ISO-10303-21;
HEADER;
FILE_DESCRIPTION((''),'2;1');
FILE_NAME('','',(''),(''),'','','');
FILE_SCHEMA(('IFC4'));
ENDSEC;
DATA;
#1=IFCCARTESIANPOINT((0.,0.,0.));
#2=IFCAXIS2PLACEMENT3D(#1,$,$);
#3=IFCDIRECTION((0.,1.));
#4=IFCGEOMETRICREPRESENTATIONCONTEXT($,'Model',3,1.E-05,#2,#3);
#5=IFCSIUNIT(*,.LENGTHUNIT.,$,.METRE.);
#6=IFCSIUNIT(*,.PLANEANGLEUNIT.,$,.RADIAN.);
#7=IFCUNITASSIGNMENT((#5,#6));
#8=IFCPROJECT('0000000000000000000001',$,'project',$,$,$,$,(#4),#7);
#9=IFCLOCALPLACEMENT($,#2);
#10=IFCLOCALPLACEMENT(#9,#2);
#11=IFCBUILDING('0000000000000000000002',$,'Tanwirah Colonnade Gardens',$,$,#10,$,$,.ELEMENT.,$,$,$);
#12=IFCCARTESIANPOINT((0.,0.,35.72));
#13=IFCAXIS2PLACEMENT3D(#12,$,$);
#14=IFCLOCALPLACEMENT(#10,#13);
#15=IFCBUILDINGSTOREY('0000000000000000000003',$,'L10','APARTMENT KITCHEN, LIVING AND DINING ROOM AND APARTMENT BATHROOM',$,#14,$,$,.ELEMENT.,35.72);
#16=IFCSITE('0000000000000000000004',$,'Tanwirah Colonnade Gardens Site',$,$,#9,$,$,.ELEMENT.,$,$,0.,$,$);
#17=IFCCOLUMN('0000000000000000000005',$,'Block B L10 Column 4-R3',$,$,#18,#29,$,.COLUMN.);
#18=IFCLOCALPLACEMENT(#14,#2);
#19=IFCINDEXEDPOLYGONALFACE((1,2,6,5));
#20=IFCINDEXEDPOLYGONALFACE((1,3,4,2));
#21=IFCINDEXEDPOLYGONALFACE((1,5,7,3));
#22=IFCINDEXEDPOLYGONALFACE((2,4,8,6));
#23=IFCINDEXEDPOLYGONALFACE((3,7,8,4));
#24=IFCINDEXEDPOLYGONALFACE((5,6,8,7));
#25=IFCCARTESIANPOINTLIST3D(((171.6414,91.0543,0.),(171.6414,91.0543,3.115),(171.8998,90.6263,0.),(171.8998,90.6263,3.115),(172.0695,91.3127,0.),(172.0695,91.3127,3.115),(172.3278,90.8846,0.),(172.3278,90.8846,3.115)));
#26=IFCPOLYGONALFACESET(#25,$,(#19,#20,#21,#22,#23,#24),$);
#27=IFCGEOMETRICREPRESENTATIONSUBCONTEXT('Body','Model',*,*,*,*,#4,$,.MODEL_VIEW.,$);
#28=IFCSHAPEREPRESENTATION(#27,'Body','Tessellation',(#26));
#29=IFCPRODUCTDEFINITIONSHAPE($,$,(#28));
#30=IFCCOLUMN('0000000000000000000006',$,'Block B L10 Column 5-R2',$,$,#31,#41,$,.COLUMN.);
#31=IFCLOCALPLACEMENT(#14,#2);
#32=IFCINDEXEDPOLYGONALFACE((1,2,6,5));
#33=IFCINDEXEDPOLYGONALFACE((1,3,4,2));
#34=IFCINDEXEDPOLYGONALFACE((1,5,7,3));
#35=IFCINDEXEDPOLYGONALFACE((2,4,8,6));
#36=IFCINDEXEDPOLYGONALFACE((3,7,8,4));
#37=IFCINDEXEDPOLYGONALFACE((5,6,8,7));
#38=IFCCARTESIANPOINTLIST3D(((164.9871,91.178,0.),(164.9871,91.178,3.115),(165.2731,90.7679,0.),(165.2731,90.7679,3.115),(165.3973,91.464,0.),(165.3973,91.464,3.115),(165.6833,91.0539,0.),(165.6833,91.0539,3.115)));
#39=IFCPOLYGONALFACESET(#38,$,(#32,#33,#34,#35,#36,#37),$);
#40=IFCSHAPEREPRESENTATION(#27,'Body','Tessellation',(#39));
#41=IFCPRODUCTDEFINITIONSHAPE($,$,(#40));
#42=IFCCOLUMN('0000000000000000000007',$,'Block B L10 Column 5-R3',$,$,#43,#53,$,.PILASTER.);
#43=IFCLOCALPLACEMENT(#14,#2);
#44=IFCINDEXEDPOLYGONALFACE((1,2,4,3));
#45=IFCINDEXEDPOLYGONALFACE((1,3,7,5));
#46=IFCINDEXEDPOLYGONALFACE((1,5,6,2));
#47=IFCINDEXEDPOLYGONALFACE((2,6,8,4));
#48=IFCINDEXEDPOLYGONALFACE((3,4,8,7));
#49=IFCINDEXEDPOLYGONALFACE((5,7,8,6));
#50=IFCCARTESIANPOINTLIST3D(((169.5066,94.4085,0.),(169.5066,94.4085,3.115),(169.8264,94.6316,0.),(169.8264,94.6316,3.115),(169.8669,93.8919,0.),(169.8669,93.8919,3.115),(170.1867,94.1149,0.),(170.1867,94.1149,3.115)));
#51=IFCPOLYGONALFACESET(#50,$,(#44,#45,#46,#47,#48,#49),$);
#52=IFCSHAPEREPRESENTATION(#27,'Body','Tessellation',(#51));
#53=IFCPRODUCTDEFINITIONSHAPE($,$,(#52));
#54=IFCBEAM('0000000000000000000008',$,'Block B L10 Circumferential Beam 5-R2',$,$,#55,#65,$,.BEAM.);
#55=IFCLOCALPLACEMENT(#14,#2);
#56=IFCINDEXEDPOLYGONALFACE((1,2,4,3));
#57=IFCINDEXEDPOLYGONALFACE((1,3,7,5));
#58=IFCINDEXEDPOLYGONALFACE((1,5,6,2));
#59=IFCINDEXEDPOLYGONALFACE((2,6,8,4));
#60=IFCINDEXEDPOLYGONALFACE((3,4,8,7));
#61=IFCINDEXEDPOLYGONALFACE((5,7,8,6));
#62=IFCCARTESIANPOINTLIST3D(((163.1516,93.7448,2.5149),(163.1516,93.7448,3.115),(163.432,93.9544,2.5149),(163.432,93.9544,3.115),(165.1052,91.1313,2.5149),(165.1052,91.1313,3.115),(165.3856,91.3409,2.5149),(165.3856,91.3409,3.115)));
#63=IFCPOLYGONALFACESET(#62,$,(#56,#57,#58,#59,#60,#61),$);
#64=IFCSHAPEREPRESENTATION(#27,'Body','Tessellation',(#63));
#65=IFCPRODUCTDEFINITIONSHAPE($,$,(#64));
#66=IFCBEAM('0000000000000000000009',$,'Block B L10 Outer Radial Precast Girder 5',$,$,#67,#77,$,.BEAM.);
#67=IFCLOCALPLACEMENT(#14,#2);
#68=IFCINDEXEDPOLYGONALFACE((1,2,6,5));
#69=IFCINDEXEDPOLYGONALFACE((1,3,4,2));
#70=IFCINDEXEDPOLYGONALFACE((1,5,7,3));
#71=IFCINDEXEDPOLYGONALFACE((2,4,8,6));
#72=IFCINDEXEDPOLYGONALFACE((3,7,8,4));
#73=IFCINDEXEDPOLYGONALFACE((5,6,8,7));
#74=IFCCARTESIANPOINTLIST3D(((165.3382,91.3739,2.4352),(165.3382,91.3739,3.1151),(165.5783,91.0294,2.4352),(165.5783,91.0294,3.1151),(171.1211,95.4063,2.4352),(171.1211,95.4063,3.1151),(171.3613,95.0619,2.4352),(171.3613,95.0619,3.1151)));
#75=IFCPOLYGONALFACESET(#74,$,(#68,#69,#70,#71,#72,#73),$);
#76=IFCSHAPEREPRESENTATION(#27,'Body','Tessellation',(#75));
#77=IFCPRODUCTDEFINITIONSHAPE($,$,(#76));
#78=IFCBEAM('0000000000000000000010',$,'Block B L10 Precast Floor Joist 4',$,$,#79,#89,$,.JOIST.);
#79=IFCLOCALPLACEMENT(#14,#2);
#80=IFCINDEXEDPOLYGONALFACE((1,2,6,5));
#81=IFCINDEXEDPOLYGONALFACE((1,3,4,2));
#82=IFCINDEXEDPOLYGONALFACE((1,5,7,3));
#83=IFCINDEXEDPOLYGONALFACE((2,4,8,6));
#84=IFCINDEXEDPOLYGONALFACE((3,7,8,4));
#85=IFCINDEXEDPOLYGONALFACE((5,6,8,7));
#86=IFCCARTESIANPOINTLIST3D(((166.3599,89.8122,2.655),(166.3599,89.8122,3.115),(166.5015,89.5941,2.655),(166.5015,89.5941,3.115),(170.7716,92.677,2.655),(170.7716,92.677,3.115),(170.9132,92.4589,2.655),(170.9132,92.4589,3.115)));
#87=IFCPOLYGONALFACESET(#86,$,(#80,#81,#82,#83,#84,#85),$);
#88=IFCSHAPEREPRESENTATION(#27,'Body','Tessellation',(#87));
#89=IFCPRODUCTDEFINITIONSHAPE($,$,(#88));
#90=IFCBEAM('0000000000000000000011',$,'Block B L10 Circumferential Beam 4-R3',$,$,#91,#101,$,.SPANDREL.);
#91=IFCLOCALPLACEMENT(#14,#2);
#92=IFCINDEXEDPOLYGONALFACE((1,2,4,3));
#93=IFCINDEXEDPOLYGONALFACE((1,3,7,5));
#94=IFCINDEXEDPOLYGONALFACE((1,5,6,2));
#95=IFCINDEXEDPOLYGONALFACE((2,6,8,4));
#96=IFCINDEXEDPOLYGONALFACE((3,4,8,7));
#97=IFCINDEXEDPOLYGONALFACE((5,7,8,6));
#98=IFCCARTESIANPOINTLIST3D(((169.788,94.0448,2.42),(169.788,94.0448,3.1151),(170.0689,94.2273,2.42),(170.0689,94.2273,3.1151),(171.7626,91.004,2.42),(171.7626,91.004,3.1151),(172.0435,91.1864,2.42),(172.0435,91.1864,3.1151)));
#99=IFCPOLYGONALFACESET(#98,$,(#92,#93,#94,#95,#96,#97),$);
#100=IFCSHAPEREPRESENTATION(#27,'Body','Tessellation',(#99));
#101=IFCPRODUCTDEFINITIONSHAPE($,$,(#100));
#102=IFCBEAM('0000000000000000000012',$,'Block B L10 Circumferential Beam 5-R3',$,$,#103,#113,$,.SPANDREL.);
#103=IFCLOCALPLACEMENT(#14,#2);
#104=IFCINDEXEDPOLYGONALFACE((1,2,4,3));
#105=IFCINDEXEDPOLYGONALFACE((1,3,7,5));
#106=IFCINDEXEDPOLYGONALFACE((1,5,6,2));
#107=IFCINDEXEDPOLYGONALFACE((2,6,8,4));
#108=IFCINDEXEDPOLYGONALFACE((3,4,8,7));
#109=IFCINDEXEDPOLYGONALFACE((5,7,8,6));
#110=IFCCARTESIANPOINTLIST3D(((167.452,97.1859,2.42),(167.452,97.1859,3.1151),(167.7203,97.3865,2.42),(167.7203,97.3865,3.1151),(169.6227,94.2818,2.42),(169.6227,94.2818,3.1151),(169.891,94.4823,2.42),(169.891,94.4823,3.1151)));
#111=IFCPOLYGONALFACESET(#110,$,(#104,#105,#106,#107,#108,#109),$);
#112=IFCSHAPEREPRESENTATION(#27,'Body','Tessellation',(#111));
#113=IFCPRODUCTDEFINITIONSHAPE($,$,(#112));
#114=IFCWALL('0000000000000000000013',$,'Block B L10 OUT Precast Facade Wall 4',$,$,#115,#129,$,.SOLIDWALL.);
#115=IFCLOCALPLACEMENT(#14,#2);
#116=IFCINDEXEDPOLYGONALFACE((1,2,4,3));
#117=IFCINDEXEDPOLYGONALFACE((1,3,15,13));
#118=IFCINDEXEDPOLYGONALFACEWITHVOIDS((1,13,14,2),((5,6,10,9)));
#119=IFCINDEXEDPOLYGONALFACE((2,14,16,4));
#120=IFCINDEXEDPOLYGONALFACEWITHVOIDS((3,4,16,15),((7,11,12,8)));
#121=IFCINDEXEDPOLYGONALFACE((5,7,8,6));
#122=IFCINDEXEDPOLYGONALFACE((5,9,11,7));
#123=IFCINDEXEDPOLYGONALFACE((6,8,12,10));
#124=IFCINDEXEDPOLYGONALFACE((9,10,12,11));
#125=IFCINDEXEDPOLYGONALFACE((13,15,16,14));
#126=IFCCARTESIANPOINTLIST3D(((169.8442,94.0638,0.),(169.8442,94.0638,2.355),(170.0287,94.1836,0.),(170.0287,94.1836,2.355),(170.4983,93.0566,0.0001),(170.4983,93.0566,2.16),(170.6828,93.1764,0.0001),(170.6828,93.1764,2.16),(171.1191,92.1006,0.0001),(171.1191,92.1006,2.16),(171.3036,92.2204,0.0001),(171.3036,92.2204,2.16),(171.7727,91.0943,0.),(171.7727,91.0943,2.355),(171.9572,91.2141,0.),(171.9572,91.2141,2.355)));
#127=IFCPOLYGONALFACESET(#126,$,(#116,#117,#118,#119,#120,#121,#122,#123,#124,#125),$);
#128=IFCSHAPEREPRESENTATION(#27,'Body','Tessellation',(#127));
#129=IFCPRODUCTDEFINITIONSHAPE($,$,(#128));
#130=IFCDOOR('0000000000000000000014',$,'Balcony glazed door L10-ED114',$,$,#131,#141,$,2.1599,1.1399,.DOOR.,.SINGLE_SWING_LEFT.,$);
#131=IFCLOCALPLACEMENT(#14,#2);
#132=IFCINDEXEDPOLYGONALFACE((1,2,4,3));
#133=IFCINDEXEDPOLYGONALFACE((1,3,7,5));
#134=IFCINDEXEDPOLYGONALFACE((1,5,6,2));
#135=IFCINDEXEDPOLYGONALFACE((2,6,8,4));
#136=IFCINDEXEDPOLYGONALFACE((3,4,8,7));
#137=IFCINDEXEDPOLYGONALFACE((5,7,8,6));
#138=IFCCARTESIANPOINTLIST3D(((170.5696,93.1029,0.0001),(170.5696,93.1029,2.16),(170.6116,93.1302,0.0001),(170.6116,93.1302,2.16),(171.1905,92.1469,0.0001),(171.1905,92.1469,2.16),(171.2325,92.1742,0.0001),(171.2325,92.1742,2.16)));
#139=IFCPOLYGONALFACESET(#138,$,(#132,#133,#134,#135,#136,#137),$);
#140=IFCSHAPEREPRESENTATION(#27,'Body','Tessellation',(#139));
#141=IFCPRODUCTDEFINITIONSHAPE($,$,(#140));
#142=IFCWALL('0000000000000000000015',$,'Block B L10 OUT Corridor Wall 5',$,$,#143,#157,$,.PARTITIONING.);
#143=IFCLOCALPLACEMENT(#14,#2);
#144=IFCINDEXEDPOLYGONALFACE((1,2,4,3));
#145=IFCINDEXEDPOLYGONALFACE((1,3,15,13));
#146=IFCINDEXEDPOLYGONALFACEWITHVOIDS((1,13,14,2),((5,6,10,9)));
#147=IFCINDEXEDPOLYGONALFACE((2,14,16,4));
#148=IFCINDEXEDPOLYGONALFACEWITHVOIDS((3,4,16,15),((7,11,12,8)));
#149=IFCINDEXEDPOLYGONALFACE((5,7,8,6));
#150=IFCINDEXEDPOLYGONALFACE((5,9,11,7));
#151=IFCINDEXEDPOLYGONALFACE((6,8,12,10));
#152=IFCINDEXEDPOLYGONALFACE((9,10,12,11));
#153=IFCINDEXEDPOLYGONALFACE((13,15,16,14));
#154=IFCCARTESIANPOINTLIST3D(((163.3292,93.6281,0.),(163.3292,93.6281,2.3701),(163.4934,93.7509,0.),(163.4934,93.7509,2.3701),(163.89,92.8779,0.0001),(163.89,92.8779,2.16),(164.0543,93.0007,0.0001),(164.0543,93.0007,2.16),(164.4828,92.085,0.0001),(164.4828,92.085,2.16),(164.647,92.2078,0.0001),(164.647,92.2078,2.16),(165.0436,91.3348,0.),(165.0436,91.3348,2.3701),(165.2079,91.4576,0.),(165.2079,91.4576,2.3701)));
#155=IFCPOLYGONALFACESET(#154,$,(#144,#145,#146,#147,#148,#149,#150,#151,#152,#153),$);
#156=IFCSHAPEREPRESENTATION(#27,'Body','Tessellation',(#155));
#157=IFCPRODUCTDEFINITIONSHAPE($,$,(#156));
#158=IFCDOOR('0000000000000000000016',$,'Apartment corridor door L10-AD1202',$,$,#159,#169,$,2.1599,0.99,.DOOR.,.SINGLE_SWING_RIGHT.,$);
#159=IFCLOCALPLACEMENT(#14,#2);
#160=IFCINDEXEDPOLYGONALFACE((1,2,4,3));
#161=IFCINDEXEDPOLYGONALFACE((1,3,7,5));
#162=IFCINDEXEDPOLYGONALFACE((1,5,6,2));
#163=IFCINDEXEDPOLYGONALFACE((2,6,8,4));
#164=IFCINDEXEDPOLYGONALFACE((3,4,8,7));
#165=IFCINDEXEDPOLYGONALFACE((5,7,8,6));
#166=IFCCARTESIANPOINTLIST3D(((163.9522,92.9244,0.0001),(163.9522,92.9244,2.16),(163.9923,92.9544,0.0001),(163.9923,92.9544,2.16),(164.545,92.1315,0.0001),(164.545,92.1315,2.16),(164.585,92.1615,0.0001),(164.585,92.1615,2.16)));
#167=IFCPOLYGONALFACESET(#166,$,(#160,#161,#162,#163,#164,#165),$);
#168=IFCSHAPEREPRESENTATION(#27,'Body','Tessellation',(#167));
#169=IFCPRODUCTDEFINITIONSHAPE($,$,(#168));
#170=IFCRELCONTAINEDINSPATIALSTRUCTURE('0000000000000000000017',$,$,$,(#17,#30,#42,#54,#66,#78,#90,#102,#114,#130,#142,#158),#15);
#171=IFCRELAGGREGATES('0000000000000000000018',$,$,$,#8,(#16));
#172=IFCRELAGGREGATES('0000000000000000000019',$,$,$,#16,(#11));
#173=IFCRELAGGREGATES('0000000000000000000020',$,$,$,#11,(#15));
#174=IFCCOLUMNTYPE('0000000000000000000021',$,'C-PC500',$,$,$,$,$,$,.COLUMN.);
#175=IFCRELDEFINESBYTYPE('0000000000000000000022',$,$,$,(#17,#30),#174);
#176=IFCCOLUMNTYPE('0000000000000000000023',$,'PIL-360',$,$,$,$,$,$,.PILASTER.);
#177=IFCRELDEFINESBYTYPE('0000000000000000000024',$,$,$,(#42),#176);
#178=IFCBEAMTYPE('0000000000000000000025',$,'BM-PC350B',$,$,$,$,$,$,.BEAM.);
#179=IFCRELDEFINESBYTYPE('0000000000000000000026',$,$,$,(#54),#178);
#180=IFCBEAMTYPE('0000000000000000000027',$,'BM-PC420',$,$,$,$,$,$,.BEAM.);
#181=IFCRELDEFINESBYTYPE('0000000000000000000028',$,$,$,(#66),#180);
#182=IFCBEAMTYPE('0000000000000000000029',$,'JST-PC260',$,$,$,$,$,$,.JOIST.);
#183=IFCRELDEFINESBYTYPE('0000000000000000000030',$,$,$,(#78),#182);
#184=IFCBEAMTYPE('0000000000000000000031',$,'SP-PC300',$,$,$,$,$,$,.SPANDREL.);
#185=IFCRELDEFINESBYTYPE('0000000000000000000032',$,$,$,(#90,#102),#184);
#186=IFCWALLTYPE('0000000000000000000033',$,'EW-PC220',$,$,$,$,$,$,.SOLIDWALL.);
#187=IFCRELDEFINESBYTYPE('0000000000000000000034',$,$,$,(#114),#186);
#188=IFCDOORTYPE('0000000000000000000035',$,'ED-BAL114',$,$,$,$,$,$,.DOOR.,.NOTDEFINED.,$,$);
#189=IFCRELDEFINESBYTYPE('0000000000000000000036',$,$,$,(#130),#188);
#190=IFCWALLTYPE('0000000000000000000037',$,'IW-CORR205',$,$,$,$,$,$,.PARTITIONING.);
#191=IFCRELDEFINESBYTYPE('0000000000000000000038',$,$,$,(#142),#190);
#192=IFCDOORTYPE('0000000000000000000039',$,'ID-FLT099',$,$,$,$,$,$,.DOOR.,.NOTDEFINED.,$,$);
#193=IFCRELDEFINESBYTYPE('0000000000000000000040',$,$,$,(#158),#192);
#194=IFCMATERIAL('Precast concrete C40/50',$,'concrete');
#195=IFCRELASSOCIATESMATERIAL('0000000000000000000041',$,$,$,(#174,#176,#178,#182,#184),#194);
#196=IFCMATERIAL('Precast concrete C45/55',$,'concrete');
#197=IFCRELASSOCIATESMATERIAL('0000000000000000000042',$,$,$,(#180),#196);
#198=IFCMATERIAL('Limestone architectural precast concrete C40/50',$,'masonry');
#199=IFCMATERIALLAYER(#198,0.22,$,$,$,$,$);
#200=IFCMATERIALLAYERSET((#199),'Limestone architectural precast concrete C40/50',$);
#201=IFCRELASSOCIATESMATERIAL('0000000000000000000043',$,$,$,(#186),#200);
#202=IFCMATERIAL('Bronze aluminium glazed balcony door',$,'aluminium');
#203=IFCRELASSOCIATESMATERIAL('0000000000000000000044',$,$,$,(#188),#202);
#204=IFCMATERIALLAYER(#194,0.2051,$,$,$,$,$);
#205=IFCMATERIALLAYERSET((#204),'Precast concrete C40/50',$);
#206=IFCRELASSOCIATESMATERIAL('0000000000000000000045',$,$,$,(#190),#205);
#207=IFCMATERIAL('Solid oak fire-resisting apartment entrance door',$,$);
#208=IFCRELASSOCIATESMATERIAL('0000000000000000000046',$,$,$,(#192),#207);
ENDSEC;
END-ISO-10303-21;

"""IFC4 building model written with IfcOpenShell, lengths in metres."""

from ifc_helpers import new_model, si_unit, direction, frame, frame_2d, origin, origin_2d, place, context, subcontext, project, spatial, rectangle, extrude, material, layer, layer_set, material_profile, profile_set, type_object, element, fill, save


model = new_model("IFC4")

# Units and contexts
model_context = context("Model", 3, precision=1e-05, world=origin(), true_north=direction((0.0, 1.0)))
body_context = subcontext(model_context, "Body", "Model", "MODEL_VIEW")
ifc_project = project(units=[si_unit("LENGTHUNIT", "METRE"), si_unit("PLANEANGLEUNIT", "RADIAN")], contexts=[model_context])

# Site, building, storey
site_placement = place(None, origin())
site = spatial("IfcSite", under=ifc_project, at=site_placement, Name="Tanwirah Colonnade Gardens Site", CompositionType="ELEMENT", RefElevation=0.0)
building_placement = place(site_placement, origin())
building = spatial("IfcBuilding", under=site, at=building_placement, Name="Tanwirah Colonnade Gardens", CompositionType="ELEMENT")
storey_placement = place(building_placement, frame((0.0, 0.0, 35.72)))
storey = spatial("IfcBuildingStorey", under=building, at=storey_placement, Name="L10", Description="APARTMENT KITCHEN, LIVING AND DINING ROOM AND APARTMENT BATHROOM", CompositionType="ELEMENT", Elevation=35.72)

# Columns
ifc_material_1 = material(Name="Precast concrete C40/50", Category="concrete")
ifc_material_profile_1 = material_profile(ifc_material_1, rectangle(XDim=0.5, YDim=0.5, at=origin_2d()), Name="PC-COL 500x500")
ifc_profile_set_1 = profile_set([ifc_material_profile_1], Name="Precast concrete C40/50")
column_type_1 = type_object("IfcColumnType", Name="C-PC500", PredefinedType="COLUMN", material=ifc_profile_set_1)
for number, where, z_axis, x_axis, name in (
    (1, (171.9846, 90.9695, 0.0), (0.0, 0.0, 1.0), (0.856167, 0.516699, 0.0), "Block B L10 Column 4-R3"),
    (2, (165.3352, 91.116, 0.0), (0.0, 0.0, 1.0), (0.820263, 0.571987, 0.0), "Block B L10 Column 5-R2"),
):
    element("IfcColumn", number, at=place(storey_placement, frame(where, z_axis=z_axis, x_axis=x_axis)), inside=storey, type_object=column_type_1, Name=name, PredefinedType="COLUMN", context=body_context, shape_type="SweptSolid", body=[
        extrude(rectangle(XDim=0.5, YDim=0.5, at=origin_2d()), origin(), (0.0, 0.0, 1.0), 3.115),
    ])
ifc_material_profile_2 = material_profile(ifc_material_1, rectangle(XDim=0.3899, YDim=0.6299, at=origin_2d()), Name="PC-PIL 390x630")
ifc_profile_set_2 = profile_set([ifc_material_profile_2], Name="Precast concrete C40/50")
column_type_2 = type_object("IfcColumnType", Name="PIL-360", PredefinedType="PILASTER", material=ifc_profile_set_2)
column_placement = place(storey_placement, frame((169.8467, 94.2617, 0.0), z_axis=(0.0, 0.0, 1.0), x_axis=(0.820263, 0.571987, 0.0)))
element("IfcColumn", 3, at=column_placement, inside=storey, type_object=column_type_2, Name="Block B L10 Column 5-R3", PredefinedType="PILASTER", context=body_context, shape_type="SweptSolid", body=[
    extrude(rectangle(XDim=0.3899, YDim=0.6299, at=origin_2d()), origin(), (0.0, 0.0, 1.0), 3.115),
])

# Beams
ifc_material_profile_3 = material_profile(ifc_material_1, rectangle(XDim=0.3501, YDim=0.6001, at=origin_2d()), Name="PC-BM 350x600")
ifc_profile_set_3 = profile_set([ifc_material_profile_3], Name="Precast concrete C40/50")
beam_type_1 = type_object("IfcBeamType", Name="BM-PC350B", PredefinedType="BEAM", material=ifc_profile_set_3)
beam_1_placement = place(storey_placement, frame((165.2454, 91.2361, 2.8149), z_axis=(-0.598718, 0.80096, 0.0), x_axis=(-0.80096, -0.598718, 0.0)))
element("IfcBeam", 4, at=beam_1_placement, inside=storey, type_object=beam_type_1, Name="Block B L10 Circumferential Beam 5-R2", PredefinedType="BEAM", context=body_context, shape_type="SweptSolid", body=[
    extrude(rectangle(XDim=0.3501, YDim=0.6001, at=origin_2d()), origin(), (0.0, 0.0, 1.0), 3.2629),
])
ifc_material_2 = material(Name="Precast concrete C45/55", Category="concrete")
ifc_material_profile_4 = material_profile(ifc_material_2, rectangle(XDim=0.4199, YDim=0.6799, at=origin_2d()), Name="PC-BM 420x680")
ifc_profile_set_4 = profile_set([ifc_material_profile_4], Name="Precast concrete C45/55")
beam_type_2 = type_object("IfcBeamType", Name="BM-PC420", PredefinedType="BEAM", material=ifc_profile_set_4)
beam_2_placement = place(storey_placement, frame((165.4583, 91.2017, 2.7751), z_axis=(0.82027, 0.571976, 0.0), x_axis=(-0.571976, 0.82027, 0.0)))
element("IfcBeam", 5, at=beam_2_placement, inside=storey, type_object=beam_type_2, Name="Block B L10 Outer Radial Precast Girder 5", PredefinedType="BEAM", context=body_context, shape_type="SweptSolid", body=[
    extrude(rectangle(XDim=0.4199, YDim=0.6799, at=origin_2d()), origin(), (0.0, 0.0, 1.0), 7.05),
])
ifc_material_profile_5 = material_profile(ifc_material_1, rectangle(XDim=0.26, YDim=0.46, at=origin_2d()), Name="PC-JST 260x460")
ifc_profile_set_5 = profile_set([ifc_material_profile_5], Name="Precast concrete C40/50")
beam_type_3 = type_object("IfcBeamType", Name="JST-PC260", PredefinedType="JOIST", material=ifc_profile_set_5)
beam_3_placement = place(storey_placement, frame((166.4307, 89.7031, 2.885), z_axis=(0.838687, 0.544613, 0.0), x_axis=(-0.544613, 0.838687, 0.0)))
element("IfcBeam", 6, at=beam_3_placement, inside=storey, type_object=beam_type_3, Name="Block B L10 Precast Floor Joist 4", PredefinedType="JOIST", context=body_context, shape_type="SweptSolid", body=[
    extrude(rectangle(XDim=0.26, YDim=0.46, at=origin_2d()), origin(), (0.0, 0.0, 1.0), 5.2603),
])
ifc_material_profile_6 = material_profile(ifc_material_1, rectangle(XDim=0.335, YDim=0.6951, at=origin_2d()), Name="PC-SP 335x695")
ifc_profile_set_6 = profile_set([ifc_material_profile_6], Name="Precast concrete C40/50")
beam_type_4 = type_object("IfcBeamType", Name="SP-PC300", PredefinedType="SPANDREL", material=ifc_profile_set_6)
for number, where, z_axis, x_axis, name in (
    (7, (171.9031, 91.0952, 2.7676), (-0.544621, 0.838682, 0.0), (-0.838682, -0.544621, 0.0), "Block B L10 Circumferential Beam 4-R3"),
    (8, (169.7568, 94.3821, 2.7676), (-0.598696, 0.800977, 0.0), (-0.800977, -0.598696, 0.0), "Block B L10 Circumferential Beam 5-R3"),
):
    element("IfcBeam", number, at=place(storey_placement, frame(where, z_axis=z_axis, x_axis=x_axis)), inside=storey, type_object=beam_type_4, Name=name, PredefinedType="SPANDREL", context=body_context, shape_type="SweptSolid", body=[
        extrude(rectangle(XDim=0.335, YDim=0.6951, at=origin_2d()), origin(), (0.0, 0.0, 1.0), 3.6257),
    ])

# Walls, openings, doors
ifc_material_3 = material(Name="Limestone architectural precast concrete C40/50", Category="masonry")
ifc_layer_1 = layer(ifc_material_3, 0.22)
ifc_layer_set_1 = layer_set([ifc_layer_1], Name="Limestone architectural precast concrete C40/50")
wall_type_1 = type_object("IfcWallType", Name="EW-PC220", PredefinedType="SOLIDWALL", material=ifc_layer_set_1)
wall_1_placement = place(storey_placement, frame((171.865, 91.1541, 0.0), z_axis=(0.0, 0.0, 1.0), x_axis=(-0.544651, 0.838663, 0.0)))
wall_1 = element("IfcWall", 9, at=wall_1_placement, inside=storey, type_object=wall_type_1, Name="Block B L10 OUT Precast Facade Wall 4", PredefinedType="SOLIDWALL", context=body_context, shape_type="SweptSolid", body=[
    extrude(rectangle(XDim=3.5408, YDim=0.22, at=frame_2d((1.7705, 0.0))), origin(), (0.0, 0.0, 1.0), 2.355),
])
opening_1_placement = place(wall_1_placement, frame((1.2002, 0.0, 0.0)))
opening_1 = element("IfcOpeningElement", 10, at=opening_1_placement, cuts=wall_1, PredefinedType="OPENING", context=body_context, shape_type="SweptSolid", body=[
    extrude(rectangle(XDim=1.1399, YDim=2.1599, at=frame_2d((0.5698, 1.0801))), frame((0.0, 0.1199, 0.0), z_axis=(0.0, -1.0, 0.0), x_axis=(1.0, 0.0, 0.0)), (0.0, 0.0, 1.0), 0.24),
])
ifc_material_4 = material(Name="Bronze aluminium glazed balcony door", Category="aluminium")
door_type_1 = type_object("IfcDoorType", Name="ED-BAL114", OperationType="NOTDEFINED", PredefinedType="DOOR", material=ifc_material_4)
door_1_placement = place(opening_1_placement, origin())
door_1 = element("IfcDoor", 11, at=door_1_placement, inside=storey, type_object=door_type_1, Name="Balcony glazed door L10-ED114", OperationType="SINGLE_SWING_LEFT", OverallHeight=2.1599, OverallWidth=1.1399, PredefinedType="DOOR", context=body_context, shape_type="SweptSolid", body=[
    extrude(rectangle(XDim=1.1399, YDim=2.1599, at=frame_2d((0.5698, 1.0801))), frame((0.0, 0.0249, 0.0), z_axis=(0.0, -1.0, 0.0), x_axis=(1.0, 0.0, 0.0)), (0.0, 0.0, 1.0), 0.05),
])
fill(opening_1, door_1)
ifc_layer_2 = layer(ifc_material_1, 0.2051)
ifc_layer_set_2 = layer_set([ifc_layer_2], Name="Precast concrete C40/50")
wall_type_2 = type_object("IfcWallType", Name="IW-CORR205", PredefinedType="PARTITIONING", material=ifc_layer_set_2)
wall_2_placement = place(storey_placement, frame((165.1257, 91.3962, 0.0), z_axis=(0.0, 0.0, 1.0), x_axis=(-0.598758, 0.80093, 0.0)))
wall_2 = element("IfcWall", 12, at=wall_2_placement, inside=storey, type_object=wall_type_2, Name="Block B L10 OUT Corridor Wall 5", PredefinedType="PARTITIONING", context=body_context, shape_type="SweptSolid", body=[
    extrude(rectangle(XDim=2.8633, YDim=0.2051, at=frame_2d((1.4316, 0.0))), origin(), (0.0, 0.0, 1.0), 2.3701),
])
opening_2_placement = place(wall_2_placement, frame((0.9365, 0.0, 0.0)))
opening_2 = element("IfcOpeningElement", 13, at=opening_2_placement, cuts=wall_2, PredefinedType="OPENING", context=body_context, shape_type="SweptSolid", body=[
    extrude(rectangle(XDim=0.99, YDim=2.1599, at=frame_2d((0.4951, 1.0801))), frame((0.0, 0.1125, 0.0), z_axis=(0.0, -1.0, 0.0), x_axis=(1.0, 0.0, 0.0)), (0.0, 0.0, 1.0), 0.2251),
])
ifc_material_5 = material(Name="Solid oak fire-resisting apartment entrance door")
door_type_2 = type_object("IfcDoorType", Name="ID-FLT099", OperationType="NOTDEFINED", PredefinedType="DOOR", material=ifc_material_5)
door_2_placement = place(opening_2_placement, origin())
door_2 = element("IfcDoor", 14, at=door_2_placement, inside=storey, type_object=door_type_2, Name="Apartment corridor door L10-AD1202", OperationType="SINGLE_SWING_RIGHT", OverallHeight=2.1599, OverallWidth=0.99, PredefinedType="DOOR", context=body_context, shape_type="SweptSolid", body=[
    extrude(rectangle(XDim=0.99, YDim=2.1599, at=frame_2d((0.4951, 1.0801))), frame((0.0, 0.0249, 0.0), z_axis=(0.0, -1.0, 0.0), x_axis=(1.0, 0.0, 0.0)), (0.0, 0.0, 1.0), 0.05),
])
fill(opening_2, door_2)

save(model, "model.ifc")
